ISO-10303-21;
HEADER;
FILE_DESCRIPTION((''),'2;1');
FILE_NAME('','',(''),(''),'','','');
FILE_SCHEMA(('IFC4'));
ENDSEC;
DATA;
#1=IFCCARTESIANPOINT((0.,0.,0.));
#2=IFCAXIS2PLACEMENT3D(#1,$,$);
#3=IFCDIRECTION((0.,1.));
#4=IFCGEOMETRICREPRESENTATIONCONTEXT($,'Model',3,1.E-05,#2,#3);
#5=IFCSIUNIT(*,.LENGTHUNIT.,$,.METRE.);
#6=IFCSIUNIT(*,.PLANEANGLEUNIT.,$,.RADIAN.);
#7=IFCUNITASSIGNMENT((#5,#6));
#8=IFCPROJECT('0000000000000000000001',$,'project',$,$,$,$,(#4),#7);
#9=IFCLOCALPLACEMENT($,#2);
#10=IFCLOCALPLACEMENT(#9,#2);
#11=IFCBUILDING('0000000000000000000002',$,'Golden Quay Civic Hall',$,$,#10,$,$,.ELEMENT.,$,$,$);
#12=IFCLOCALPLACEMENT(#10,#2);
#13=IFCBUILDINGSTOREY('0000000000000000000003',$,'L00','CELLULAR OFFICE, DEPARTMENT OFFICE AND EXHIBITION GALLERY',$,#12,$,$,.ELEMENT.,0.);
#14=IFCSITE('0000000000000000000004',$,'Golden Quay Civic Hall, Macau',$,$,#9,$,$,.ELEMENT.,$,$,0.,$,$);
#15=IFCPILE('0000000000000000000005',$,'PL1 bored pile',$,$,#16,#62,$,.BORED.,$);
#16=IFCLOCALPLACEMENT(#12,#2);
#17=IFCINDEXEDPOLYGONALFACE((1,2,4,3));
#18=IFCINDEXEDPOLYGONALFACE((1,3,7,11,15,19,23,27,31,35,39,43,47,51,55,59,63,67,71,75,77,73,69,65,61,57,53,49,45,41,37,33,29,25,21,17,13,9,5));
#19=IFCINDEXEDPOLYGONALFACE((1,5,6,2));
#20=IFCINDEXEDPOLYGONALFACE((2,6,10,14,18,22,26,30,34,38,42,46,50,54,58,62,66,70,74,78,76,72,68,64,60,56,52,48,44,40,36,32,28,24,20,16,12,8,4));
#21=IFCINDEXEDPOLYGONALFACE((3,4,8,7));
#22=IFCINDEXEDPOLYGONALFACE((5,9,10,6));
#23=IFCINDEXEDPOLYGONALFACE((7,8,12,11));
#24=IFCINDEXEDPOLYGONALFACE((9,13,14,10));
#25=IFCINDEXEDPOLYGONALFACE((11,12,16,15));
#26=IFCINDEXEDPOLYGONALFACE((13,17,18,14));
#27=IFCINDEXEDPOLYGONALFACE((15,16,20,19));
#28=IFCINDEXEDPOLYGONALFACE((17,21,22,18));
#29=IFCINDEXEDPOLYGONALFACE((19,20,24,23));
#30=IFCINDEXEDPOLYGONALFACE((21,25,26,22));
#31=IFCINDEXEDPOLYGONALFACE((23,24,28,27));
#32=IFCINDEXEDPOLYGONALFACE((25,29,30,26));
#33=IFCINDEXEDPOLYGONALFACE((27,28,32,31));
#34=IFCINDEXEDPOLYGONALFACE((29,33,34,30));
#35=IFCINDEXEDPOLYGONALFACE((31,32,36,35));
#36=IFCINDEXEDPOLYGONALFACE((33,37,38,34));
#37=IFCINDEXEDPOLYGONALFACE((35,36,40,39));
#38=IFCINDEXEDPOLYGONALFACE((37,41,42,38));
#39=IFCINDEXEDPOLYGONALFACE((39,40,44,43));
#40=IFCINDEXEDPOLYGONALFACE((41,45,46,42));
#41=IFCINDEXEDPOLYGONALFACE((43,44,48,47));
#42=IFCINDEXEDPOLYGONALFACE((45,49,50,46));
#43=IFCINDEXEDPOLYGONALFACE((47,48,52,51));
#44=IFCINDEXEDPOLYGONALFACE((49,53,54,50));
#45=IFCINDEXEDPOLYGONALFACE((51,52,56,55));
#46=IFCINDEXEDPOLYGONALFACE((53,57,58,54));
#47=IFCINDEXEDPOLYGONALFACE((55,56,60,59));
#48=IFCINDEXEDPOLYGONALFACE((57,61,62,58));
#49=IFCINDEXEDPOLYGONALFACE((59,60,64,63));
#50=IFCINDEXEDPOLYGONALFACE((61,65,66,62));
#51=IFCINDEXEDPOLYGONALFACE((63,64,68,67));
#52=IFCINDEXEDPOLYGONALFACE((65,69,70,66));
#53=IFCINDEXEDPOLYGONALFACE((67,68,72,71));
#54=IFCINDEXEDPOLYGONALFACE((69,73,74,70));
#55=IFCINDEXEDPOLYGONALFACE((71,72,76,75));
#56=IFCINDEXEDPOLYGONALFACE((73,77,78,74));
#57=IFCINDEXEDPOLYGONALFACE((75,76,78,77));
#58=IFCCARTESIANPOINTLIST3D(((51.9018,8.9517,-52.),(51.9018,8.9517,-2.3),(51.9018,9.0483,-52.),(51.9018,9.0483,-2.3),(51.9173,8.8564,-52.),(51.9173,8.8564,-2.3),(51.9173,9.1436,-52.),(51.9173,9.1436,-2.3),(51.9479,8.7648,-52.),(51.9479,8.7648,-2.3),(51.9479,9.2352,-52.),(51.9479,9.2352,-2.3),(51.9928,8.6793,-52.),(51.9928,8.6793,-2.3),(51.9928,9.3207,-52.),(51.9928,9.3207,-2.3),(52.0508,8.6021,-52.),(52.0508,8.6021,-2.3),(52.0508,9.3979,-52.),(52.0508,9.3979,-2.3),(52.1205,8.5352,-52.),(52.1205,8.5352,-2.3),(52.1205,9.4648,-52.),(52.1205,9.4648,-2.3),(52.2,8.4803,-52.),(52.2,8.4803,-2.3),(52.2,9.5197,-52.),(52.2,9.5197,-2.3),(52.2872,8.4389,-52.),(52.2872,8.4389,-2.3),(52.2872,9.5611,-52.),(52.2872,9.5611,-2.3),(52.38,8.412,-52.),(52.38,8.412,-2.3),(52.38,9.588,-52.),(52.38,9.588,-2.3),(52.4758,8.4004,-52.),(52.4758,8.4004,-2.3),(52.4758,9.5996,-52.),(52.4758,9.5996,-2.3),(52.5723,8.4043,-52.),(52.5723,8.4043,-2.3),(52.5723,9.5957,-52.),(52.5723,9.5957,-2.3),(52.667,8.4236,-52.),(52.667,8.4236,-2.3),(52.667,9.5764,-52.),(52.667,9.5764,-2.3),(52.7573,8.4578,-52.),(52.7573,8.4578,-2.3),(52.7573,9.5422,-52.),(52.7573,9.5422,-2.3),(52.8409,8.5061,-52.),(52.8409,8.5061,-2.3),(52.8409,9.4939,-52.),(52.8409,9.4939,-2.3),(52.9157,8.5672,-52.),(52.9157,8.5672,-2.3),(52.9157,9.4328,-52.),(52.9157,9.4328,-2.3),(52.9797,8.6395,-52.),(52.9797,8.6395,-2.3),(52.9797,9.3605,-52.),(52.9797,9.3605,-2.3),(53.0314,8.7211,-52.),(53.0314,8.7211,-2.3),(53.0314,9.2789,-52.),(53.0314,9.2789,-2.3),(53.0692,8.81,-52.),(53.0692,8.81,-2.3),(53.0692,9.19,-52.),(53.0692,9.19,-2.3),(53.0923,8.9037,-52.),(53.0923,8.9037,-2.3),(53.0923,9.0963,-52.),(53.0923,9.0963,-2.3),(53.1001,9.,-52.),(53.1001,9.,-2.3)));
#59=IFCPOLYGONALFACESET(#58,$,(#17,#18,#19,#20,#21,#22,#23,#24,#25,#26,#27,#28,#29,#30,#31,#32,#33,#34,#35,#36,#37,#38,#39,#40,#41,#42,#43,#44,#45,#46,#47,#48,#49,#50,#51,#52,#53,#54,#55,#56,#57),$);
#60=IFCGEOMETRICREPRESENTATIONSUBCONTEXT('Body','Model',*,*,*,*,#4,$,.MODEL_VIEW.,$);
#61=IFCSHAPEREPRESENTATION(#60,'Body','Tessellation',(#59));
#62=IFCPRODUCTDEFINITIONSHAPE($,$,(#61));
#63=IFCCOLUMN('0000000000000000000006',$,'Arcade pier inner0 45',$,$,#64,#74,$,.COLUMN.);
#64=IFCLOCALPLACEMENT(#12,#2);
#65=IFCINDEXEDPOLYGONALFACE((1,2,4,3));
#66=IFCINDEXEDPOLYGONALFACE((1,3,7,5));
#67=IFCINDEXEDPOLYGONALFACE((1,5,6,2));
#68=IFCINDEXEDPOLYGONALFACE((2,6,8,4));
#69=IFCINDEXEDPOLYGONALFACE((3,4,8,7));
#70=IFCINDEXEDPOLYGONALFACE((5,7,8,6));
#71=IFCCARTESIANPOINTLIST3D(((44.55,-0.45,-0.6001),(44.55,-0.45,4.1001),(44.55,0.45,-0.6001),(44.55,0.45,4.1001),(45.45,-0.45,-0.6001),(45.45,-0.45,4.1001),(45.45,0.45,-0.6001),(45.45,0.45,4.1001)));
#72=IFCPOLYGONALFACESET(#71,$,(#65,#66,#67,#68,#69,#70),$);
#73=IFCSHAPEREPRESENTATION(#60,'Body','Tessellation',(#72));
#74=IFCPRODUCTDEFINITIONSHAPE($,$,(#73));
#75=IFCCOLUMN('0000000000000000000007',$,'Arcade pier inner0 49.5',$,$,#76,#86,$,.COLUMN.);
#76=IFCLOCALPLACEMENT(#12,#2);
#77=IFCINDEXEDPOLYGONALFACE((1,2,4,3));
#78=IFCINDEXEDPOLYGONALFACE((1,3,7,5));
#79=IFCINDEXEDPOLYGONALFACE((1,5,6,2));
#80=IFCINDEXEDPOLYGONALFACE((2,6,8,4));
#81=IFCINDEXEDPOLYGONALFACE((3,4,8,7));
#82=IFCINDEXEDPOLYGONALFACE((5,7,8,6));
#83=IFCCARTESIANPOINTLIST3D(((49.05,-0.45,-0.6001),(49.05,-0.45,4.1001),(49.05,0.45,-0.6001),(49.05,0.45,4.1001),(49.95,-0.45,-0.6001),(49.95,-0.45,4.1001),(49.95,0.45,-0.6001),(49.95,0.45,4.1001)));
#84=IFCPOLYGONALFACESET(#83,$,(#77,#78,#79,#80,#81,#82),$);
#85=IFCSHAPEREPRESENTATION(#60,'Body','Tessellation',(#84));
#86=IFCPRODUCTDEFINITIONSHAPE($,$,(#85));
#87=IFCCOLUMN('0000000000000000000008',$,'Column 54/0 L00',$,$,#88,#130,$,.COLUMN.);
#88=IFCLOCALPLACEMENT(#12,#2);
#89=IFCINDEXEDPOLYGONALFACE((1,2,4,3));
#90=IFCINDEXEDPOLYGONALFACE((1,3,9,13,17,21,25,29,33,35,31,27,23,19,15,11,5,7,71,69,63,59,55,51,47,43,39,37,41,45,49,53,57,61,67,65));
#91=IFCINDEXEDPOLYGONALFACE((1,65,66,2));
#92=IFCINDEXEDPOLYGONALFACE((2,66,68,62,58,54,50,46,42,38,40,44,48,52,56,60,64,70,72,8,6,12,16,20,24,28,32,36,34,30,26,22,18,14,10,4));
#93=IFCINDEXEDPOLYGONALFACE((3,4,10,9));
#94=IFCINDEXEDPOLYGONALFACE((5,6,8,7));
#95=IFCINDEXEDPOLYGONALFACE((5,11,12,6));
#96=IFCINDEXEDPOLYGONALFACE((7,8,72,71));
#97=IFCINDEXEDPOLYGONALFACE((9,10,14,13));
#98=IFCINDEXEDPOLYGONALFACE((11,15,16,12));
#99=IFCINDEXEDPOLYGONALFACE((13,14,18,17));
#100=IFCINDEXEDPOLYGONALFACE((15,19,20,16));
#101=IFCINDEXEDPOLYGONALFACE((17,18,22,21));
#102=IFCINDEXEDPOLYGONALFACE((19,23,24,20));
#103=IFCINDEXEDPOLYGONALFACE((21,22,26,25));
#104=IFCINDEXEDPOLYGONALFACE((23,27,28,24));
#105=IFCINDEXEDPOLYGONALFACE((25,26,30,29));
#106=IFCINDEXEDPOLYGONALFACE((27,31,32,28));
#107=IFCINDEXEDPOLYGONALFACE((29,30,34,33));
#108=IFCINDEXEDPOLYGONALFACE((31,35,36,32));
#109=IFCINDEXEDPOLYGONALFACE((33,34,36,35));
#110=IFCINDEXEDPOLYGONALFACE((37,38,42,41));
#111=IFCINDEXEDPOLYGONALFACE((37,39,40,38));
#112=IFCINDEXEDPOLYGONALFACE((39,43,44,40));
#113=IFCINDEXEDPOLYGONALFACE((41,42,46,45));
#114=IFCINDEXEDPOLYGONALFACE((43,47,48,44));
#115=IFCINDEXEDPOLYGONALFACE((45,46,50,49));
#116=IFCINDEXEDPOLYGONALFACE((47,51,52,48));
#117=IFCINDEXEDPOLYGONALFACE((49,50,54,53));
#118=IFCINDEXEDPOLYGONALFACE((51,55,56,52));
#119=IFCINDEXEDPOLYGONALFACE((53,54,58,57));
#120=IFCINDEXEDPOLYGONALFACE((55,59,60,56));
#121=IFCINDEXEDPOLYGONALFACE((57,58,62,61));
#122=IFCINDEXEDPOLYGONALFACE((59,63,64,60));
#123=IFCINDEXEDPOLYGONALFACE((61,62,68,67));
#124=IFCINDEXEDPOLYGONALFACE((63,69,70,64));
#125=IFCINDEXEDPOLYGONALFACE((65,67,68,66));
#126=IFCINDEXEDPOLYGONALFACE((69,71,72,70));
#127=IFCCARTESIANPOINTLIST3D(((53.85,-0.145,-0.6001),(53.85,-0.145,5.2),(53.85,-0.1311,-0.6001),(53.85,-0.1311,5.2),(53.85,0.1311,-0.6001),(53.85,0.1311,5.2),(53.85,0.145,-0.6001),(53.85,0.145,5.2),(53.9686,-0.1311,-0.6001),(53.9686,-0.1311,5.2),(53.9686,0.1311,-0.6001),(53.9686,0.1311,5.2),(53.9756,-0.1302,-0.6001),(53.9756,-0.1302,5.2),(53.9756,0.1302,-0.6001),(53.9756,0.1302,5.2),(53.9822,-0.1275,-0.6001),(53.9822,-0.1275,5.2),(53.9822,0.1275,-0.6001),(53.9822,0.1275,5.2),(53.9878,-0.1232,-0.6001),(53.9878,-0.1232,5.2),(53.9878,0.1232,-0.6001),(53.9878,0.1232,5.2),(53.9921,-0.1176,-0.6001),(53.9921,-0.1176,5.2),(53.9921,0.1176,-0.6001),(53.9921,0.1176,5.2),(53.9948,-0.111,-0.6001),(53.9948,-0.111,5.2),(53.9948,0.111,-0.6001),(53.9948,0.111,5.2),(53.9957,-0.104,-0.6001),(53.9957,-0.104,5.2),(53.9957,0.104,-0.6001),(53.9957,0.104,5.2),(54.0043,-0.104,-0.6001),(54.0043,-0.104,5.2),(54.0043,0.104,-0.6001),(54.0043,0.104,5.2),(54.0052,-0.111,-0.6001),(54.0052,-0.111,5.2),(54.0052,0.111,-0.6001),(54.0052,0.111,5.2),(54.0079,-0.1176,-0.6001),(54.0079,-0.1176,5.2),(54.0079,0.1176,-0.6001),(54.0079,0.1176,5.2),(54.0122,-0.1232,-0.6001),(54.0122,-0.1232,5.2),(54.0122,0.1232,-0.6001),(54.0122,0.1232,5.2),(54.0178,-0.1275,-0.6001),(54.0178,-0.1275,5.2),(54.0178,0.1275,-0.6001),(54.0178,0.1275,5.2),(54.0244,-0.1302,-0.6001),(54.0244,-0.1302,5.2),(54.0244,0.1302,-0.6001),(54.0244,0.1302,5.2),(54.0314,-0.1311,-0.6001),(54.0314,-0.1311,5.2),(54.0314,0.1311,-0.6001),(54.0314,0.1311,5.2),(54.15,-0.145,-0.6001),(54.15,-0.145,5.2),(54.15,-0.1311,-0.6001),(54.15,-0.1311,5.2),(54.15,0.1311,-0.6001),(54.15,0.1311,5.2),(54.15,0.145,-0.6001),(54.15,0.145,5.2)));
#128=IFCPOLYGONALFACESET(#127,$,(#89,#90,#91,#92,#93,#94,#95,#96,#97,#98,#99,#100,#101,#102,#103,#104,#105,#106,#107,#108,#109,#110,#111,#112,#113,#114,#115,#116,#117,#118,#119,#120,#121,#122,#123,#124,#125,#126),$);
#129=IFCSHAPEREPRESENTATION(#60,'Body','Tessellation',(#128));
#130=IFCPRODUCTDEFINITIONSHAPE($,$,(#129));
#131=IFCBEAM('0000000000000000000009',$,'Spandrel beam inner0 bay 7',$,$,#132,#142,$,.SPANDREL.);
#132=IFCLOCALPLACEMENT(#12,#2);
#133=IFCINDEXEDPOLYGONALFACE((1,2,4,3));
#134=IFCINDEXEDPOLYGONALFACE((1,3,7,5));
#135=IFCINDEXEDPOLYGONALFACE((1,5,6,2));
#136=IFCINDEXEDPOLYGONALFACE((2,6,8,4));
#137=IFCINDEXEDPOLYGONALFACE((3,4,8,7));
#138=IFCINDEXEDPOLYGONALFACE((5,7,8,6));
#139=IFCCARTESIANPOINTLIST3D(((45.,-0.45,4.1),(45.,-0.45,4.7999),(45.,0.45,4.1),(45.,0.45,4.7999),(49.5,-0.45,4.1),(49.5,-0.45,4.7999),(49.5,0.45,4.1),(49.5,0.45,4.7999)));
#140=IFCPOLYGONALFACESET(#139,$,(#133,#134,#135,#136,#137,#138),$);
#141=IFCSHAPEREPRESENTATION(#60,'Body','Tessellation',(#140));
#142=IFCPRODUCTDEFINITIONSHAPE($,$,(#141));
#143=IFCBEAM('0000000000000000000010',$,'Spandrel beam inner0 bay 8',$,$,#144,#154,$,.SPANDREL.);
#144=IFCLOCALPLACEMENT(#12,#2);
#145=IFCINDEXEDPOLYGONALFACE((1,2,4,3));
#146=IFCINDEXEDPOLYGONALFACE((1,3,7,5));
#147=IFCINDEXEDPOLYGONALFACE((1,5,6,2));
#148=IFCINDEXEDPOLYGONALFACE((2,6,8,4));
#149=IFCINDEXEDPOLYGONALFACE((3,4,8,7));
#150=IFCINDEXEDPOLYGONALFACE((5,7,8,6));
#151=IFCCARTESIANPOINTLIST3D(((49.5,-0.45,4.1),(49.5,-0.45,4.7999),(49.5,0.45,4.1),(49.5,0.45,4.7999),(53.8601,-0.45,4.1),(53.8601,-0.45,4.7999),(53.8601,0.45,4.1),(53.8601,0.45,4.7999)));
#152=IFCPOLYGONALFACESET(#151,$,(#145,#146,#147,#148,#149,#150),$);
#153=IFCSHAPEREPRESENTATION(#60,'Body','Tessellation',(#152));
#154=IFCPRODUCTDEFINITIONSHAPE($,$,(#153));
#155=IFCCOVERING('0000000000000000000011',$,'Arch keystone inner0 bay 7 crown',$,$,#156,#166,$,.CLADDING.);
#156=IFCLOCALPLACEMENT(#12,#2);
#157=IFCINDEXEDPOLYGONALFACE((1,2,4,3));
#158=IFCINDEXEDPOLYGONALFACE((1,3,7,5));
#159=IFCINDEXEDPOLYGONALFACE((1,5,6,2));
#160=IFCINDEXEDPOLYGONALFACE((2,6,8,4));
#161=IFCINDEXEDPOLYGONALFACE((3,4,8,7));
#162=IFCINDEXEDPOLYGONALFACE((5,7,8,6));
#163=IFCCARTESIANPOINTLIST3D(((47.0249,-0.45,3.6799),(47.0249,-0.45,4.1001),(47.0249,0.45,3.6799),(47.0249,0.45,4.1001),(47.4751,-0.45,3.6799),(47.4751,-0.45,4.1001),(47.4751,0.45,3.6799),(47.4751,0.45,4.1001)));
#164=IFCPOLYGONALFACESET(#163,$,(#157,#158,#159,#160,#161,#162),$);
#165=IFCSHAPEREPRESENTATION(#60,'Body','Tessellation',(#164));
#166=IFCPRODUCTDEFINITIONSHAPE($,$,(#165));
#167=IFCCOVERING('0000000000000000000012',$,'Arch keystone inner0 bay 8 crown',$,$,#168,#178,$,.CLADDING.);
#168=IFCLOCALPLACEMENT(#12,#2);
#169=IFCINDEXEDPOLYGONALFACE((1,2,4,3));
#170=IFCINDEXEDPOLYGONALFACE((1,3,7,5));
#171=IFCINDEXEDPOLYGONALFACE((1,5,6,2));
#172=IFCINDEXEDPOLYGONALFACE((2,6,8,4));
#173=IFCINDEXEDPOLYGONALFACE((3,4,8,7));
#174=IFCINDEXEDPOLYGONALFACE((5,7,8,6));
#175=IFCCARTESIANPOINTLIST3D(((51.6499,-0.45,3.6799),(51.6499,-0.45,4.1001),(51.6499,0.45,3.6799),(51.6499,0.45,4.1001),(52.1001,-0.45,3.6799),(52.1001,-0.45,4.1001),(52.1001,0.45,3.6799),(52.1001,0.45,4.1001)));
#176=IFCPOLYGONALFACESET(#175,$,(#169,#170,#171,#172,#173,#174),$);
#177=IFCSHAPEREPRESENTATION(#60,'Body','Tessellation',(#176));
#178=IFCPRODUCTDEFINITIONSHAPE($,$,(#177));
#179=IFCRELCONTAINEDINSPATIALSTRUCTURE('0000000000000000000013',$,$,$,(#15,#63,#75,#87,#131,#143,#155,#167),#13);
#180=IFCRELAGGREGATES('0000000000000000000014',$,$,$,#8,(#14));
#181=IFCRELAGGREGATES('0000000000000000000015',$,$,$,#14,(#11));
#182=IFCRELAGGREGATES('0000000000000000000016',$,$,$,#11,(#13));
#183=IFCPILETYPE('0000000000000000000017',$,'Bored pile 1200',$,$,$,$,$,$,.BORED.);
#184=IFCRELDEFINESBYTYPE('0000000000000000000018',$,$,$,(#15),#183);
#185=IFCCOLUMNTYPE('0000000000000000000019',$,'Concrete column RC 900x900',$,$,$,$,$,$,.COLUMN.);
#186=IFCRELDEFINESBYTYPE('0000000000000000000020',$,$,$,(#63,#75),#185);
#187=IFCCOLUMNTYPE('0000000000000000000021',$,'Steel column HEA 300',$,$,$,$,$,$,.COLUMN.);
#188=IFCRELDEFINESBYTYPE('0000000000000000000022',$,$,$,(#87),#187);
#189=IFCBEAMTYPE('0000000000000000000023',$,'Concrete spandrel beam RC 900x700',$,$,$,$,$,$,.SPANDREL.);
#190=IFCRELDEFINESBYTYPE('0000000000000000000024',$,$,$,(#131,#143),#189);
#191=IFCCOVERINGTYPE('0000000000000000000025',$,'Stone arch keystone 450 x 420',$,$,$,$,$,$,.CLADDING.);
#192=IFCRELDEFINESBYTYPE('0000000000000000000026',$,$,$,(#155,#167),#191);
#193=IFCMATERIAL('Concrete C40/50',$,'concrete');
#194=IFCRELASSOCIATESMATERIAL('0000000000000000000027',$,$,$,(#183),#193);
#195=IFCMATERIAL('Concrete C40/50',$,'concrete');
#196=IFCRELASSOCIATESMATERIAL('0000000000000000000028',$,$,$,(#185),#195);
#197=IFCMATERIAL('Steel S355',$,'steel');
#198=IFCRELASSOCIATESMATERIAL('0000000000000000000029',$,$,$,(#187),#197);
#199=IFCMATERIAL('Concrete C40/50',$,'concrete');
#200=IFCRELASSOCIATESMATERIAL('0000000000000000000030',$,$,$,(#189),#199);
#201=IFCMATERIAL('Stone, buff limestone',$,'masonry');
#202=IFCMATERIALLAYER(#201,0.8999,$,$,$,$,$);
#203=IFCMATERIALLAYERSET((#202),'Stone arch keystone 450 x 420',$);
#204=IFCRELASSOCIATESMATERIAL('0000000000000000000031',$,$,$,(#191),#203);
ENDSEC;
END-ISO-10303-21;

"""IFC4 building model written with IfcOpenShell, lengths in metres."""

from ifc_helpers import new_model, si_unit, direction, frame, origin, origin_2d, place, context, subcontext, project, spatial, polyline, rectangle, circle, i_section, outline, extrude, material, layer, layer_set, material_profile, profile_set, type_object, element, save


model = new_model("IFC4")

# Units and contexts
model_context = context("Model", 3, precision=1e-05, world=origin(), true_north=direction((0.0, 1.0)))
body_context = subcontext(model_context, "Body", "Model", "MODEL_VIEW")
ifc_project = project(units=[si_unit("LENGTHUNIT", "METRE"), si_unit("PLANEANGLEUNIT", "RADIAN")], contexts=[model_context])

# Site, building, storey
site_placement = place(None, origin())
site = spatial("IfcSite", under=ifc_project, at=site_placement, Name="Golden Quay Civic Hall, Macau", CompositionType="ELEMENT", RefElevation=0.0)
building_placement = place(site_placement, origin())
building = spatial("IfcBuilding", under=site, at=building_placement, Name="Golden Quay Civic Hall", CompositionType="ELEMENT")
storey_placement = place(building_placement, origin())
storey = spatial("IfcBuildingStorey", under=building, at=storey_placement, Name="L00", Description="CELLULAR OFFICE, DEPARTMENT OFFICE AND EXHIBITION GALLERY", CompositionType="ELEMENT", Elevation=0.0)

# Pile
ifc_material_1 = material(Name="Concrete C40/50", Category="concrete")
ifc_material_profile_1 = material_profile(ifc_material_1, circle(Radius=0.6001, at=origin_2d()), Name="RC D1200")
ifc_profile_set_1 = profile_set([ifc_material_profile_1], Name="Concrete C40/50")
pile_type = type_object("IfcPileType", Name="Bored pile 1200", PredefinedType="BORED", material=ifc_profile_set_1)
for number, where, z_axis, x_axis, name in (
    (1, (52.5, 9.0, -2.3), (0.0, 0.0, -1.0), (1.0, 0.0, 0.0), "PL1 bored pile"),
):
    element("IfcPile", number, at=place(storey_placement, frame(where, z_axis=z_axis, x_axis=x_axis)), inside=storey, type_object=pile_type, Name=name, PredefinedType="BORED", context=body_context, shape_type="SweptSolid", body=[
        extrude(circle(Radius=0.6001, at=origin_2d()), origin(), (0.0, 0.0, 1.0), 49.7),
    ])

# Columns
ifc_material_2 = material(Name="Concrete C40/50", Category="concrete")
ifc_material_profile_2 = material_profile(ifc_material_2, rectangle(XDim=0.8999, YDim=0.8999, at=origin_2d()), Name="RC 900x900")
ifc_profile_set_2 = profile_set([ifc_material_profile_2], Name="Concrete C40/50")
column_type_1 = type_object("IfcColumnType", Name="Concrete column RC 900x900", PredefinedType="COLUMN", material=ifc_profile_set_2)
for number, where, z_axis, x_axis, name in (
    (2, (45.0, 0.0, -0.6001), (0.0, 0.0, 1.0), (1.0, 0.0, 0.0), "Arcade pier inner0 45"),
    (3, (49.5, 0.0, -0.6001), (0.0, 0.0, 1.0), (1.0, 0.0, 0.0), "Arcade pier inner0 49.5"),
):
    element("IfcColumn", number, at=place(storey_placement, frame(where, z_axis=z_axis, x_axis=x_axis)), inside=storey, type_object=column_type_1, Name=name, PredefinedType="COLUMN", context=body_context, shape_type="SweptSolid", body=[
        extrude(rectangle(XDim=0.8999, YDim=0.8999, at=origin_2d()), origin(), (0.0, 0.0, 1.0), 4.7002),
    ])
ifc_material_3 = material(Name="Steel S355", Category="steel")
ifc_material_profile_3 = material_profile(ifc_material_3, i_section(OverallWidth=0.3, OverallDepth=0.29, WebThickness=0.0085, FlangeThickness=0.0139, FilletRadius=0.0271, at=origin_2d()), Name="HEA 300")
ifc_profile_set_3 = profile_set([ifc_material_profile_3], Name="Steel S355")
column_type_2 = type_object("IfcColumnType", Name="Steel column HEA 300", PredefinedType="COLUMN", material=ifc_profile_set_3)
column_placement = place(storey_placement, frame((54.0, 0.0, -0.6001), z_axis=(0.0, 0.0, 1.0), x_axis=(1.0, 0.0, 0.0)))
element("IfcColumn", 4, at=column_placement, inside=storey, type_object=column_type_2, Name="Column 54/0 L00", PredefinedType="COLUMN", context=body_context, shape_type="SweptSolid", body=[
    extrude(i_section(OverallWidth=0.3, OverallDepth=0.29, WebThickness=0.0085, FlangeThickness=0.0139, FilletRadius=0.0271, at=origin_2d()), origin(), (0.0, 0.0, 1.0), 5.8),
])

# Beams
ifc_material_4 = material(Name="Concrete C40/50", Category="concrete")
ifc_material_profile_4 = material_profile(ifc_material_4, rectangle(XDim=0.8999, YDim=0.7, at=origin_2d()), Name="RC 900x700")
ifc_profile_set_4 = profile_set([ifc_material_profile_4], Name="Concrete C40/50")
beam_type = type_object("IfcBeamType", Name="Concrete spandrel beam RC 900x700", PredefinedType="SPANDREL", material=ifc_profile_set_4)
beam_1_placement = place(storey_placement, frame((45.0, 0.0, 4.45), z_axis=(1.0, 0.0, 0.0), x_axis=(0.0, 1.0, 0.0)))
element("IfcBeam", 5, at=beam_1_placement, inside=storey, type_object=beam_type, Name="Spandrel beam inner0 bay 7", PredefinedType="SPANDREL", context=body_context, shape_type="SweptSolid", body=[
    extrude(rectangle(XDim=0.8999, YDim=0.7, at=origin_2d()), origin(), (0.0, 0.0, 1.0), 4.5),
])
beam_2_placement = place(storey_placement, frame((49.5, 0.0, 4.45), z_axis=(1.0, 0.0, 0.0), x_axis=(0.0, 1.0, 0.0)))
element("IfcBeam", 6, at=beam_2_placement, inside=storey, type_object=beam_type, Name="Spandrel beam inner0 bay 8", PredefinedType="SPANDREL", context=body_context, shape_type="SweptSolid", body=[
    extrude(rectangle(XDim=0.8999, YDim=0.7, at=origin_2d()), origin(), (0.0, 0.0, 1.0), 4.3601),
])

# Coverings
ifc_material_5 = material(Name="Stone, buff limestone", Category="masonry")
ifc_layer_1 = layer(ifc_material_5, 0.8999)
ifc_layer_set_1 = layer_set([ifc_layer_1], Name="Stone arch keystone 450 x 420")
covering_type_1 = type_object("IfcCoveringType", Name="Stone arch keystone 450 x 420", PredefinedType="CLADDING", material=ifc_layer_set_1)
for number, where, z_axis, x_axis, name in (
    (7, (47.0249, -0.45, 3.6799), (0.0, -1.0, 0.0), (1.0, 0.0, 0.0), "Arch keystone inner0 bay 7 crown"),
    (8, (51.6499, -0.45, 3.6799), (0.0, -1.0, 0.0), (1.0, 0.0, 0.0), "Arch keystone inner0 bay 8 crown"),
):
    element("IfcCovering", number, at=place(storey_placement, frame(where, z_axis=z_axis, x_axis=x_axis)), inside=storey, type_object=covering_type_1, Name=name, PredefinedType="CLADDING", context=body_context, shape_type="SweptSolid", body=[
        extrude(outline(polyline([(0.0, 0.0), (0.4502, 0.0), (0.4502, 0.4202), (0.0, 0.4202), (0.0, 0.0)])), origin(), (0.0, 0.0, -1.0), 0.8999),
    ])

save(model, "model.ifc")
